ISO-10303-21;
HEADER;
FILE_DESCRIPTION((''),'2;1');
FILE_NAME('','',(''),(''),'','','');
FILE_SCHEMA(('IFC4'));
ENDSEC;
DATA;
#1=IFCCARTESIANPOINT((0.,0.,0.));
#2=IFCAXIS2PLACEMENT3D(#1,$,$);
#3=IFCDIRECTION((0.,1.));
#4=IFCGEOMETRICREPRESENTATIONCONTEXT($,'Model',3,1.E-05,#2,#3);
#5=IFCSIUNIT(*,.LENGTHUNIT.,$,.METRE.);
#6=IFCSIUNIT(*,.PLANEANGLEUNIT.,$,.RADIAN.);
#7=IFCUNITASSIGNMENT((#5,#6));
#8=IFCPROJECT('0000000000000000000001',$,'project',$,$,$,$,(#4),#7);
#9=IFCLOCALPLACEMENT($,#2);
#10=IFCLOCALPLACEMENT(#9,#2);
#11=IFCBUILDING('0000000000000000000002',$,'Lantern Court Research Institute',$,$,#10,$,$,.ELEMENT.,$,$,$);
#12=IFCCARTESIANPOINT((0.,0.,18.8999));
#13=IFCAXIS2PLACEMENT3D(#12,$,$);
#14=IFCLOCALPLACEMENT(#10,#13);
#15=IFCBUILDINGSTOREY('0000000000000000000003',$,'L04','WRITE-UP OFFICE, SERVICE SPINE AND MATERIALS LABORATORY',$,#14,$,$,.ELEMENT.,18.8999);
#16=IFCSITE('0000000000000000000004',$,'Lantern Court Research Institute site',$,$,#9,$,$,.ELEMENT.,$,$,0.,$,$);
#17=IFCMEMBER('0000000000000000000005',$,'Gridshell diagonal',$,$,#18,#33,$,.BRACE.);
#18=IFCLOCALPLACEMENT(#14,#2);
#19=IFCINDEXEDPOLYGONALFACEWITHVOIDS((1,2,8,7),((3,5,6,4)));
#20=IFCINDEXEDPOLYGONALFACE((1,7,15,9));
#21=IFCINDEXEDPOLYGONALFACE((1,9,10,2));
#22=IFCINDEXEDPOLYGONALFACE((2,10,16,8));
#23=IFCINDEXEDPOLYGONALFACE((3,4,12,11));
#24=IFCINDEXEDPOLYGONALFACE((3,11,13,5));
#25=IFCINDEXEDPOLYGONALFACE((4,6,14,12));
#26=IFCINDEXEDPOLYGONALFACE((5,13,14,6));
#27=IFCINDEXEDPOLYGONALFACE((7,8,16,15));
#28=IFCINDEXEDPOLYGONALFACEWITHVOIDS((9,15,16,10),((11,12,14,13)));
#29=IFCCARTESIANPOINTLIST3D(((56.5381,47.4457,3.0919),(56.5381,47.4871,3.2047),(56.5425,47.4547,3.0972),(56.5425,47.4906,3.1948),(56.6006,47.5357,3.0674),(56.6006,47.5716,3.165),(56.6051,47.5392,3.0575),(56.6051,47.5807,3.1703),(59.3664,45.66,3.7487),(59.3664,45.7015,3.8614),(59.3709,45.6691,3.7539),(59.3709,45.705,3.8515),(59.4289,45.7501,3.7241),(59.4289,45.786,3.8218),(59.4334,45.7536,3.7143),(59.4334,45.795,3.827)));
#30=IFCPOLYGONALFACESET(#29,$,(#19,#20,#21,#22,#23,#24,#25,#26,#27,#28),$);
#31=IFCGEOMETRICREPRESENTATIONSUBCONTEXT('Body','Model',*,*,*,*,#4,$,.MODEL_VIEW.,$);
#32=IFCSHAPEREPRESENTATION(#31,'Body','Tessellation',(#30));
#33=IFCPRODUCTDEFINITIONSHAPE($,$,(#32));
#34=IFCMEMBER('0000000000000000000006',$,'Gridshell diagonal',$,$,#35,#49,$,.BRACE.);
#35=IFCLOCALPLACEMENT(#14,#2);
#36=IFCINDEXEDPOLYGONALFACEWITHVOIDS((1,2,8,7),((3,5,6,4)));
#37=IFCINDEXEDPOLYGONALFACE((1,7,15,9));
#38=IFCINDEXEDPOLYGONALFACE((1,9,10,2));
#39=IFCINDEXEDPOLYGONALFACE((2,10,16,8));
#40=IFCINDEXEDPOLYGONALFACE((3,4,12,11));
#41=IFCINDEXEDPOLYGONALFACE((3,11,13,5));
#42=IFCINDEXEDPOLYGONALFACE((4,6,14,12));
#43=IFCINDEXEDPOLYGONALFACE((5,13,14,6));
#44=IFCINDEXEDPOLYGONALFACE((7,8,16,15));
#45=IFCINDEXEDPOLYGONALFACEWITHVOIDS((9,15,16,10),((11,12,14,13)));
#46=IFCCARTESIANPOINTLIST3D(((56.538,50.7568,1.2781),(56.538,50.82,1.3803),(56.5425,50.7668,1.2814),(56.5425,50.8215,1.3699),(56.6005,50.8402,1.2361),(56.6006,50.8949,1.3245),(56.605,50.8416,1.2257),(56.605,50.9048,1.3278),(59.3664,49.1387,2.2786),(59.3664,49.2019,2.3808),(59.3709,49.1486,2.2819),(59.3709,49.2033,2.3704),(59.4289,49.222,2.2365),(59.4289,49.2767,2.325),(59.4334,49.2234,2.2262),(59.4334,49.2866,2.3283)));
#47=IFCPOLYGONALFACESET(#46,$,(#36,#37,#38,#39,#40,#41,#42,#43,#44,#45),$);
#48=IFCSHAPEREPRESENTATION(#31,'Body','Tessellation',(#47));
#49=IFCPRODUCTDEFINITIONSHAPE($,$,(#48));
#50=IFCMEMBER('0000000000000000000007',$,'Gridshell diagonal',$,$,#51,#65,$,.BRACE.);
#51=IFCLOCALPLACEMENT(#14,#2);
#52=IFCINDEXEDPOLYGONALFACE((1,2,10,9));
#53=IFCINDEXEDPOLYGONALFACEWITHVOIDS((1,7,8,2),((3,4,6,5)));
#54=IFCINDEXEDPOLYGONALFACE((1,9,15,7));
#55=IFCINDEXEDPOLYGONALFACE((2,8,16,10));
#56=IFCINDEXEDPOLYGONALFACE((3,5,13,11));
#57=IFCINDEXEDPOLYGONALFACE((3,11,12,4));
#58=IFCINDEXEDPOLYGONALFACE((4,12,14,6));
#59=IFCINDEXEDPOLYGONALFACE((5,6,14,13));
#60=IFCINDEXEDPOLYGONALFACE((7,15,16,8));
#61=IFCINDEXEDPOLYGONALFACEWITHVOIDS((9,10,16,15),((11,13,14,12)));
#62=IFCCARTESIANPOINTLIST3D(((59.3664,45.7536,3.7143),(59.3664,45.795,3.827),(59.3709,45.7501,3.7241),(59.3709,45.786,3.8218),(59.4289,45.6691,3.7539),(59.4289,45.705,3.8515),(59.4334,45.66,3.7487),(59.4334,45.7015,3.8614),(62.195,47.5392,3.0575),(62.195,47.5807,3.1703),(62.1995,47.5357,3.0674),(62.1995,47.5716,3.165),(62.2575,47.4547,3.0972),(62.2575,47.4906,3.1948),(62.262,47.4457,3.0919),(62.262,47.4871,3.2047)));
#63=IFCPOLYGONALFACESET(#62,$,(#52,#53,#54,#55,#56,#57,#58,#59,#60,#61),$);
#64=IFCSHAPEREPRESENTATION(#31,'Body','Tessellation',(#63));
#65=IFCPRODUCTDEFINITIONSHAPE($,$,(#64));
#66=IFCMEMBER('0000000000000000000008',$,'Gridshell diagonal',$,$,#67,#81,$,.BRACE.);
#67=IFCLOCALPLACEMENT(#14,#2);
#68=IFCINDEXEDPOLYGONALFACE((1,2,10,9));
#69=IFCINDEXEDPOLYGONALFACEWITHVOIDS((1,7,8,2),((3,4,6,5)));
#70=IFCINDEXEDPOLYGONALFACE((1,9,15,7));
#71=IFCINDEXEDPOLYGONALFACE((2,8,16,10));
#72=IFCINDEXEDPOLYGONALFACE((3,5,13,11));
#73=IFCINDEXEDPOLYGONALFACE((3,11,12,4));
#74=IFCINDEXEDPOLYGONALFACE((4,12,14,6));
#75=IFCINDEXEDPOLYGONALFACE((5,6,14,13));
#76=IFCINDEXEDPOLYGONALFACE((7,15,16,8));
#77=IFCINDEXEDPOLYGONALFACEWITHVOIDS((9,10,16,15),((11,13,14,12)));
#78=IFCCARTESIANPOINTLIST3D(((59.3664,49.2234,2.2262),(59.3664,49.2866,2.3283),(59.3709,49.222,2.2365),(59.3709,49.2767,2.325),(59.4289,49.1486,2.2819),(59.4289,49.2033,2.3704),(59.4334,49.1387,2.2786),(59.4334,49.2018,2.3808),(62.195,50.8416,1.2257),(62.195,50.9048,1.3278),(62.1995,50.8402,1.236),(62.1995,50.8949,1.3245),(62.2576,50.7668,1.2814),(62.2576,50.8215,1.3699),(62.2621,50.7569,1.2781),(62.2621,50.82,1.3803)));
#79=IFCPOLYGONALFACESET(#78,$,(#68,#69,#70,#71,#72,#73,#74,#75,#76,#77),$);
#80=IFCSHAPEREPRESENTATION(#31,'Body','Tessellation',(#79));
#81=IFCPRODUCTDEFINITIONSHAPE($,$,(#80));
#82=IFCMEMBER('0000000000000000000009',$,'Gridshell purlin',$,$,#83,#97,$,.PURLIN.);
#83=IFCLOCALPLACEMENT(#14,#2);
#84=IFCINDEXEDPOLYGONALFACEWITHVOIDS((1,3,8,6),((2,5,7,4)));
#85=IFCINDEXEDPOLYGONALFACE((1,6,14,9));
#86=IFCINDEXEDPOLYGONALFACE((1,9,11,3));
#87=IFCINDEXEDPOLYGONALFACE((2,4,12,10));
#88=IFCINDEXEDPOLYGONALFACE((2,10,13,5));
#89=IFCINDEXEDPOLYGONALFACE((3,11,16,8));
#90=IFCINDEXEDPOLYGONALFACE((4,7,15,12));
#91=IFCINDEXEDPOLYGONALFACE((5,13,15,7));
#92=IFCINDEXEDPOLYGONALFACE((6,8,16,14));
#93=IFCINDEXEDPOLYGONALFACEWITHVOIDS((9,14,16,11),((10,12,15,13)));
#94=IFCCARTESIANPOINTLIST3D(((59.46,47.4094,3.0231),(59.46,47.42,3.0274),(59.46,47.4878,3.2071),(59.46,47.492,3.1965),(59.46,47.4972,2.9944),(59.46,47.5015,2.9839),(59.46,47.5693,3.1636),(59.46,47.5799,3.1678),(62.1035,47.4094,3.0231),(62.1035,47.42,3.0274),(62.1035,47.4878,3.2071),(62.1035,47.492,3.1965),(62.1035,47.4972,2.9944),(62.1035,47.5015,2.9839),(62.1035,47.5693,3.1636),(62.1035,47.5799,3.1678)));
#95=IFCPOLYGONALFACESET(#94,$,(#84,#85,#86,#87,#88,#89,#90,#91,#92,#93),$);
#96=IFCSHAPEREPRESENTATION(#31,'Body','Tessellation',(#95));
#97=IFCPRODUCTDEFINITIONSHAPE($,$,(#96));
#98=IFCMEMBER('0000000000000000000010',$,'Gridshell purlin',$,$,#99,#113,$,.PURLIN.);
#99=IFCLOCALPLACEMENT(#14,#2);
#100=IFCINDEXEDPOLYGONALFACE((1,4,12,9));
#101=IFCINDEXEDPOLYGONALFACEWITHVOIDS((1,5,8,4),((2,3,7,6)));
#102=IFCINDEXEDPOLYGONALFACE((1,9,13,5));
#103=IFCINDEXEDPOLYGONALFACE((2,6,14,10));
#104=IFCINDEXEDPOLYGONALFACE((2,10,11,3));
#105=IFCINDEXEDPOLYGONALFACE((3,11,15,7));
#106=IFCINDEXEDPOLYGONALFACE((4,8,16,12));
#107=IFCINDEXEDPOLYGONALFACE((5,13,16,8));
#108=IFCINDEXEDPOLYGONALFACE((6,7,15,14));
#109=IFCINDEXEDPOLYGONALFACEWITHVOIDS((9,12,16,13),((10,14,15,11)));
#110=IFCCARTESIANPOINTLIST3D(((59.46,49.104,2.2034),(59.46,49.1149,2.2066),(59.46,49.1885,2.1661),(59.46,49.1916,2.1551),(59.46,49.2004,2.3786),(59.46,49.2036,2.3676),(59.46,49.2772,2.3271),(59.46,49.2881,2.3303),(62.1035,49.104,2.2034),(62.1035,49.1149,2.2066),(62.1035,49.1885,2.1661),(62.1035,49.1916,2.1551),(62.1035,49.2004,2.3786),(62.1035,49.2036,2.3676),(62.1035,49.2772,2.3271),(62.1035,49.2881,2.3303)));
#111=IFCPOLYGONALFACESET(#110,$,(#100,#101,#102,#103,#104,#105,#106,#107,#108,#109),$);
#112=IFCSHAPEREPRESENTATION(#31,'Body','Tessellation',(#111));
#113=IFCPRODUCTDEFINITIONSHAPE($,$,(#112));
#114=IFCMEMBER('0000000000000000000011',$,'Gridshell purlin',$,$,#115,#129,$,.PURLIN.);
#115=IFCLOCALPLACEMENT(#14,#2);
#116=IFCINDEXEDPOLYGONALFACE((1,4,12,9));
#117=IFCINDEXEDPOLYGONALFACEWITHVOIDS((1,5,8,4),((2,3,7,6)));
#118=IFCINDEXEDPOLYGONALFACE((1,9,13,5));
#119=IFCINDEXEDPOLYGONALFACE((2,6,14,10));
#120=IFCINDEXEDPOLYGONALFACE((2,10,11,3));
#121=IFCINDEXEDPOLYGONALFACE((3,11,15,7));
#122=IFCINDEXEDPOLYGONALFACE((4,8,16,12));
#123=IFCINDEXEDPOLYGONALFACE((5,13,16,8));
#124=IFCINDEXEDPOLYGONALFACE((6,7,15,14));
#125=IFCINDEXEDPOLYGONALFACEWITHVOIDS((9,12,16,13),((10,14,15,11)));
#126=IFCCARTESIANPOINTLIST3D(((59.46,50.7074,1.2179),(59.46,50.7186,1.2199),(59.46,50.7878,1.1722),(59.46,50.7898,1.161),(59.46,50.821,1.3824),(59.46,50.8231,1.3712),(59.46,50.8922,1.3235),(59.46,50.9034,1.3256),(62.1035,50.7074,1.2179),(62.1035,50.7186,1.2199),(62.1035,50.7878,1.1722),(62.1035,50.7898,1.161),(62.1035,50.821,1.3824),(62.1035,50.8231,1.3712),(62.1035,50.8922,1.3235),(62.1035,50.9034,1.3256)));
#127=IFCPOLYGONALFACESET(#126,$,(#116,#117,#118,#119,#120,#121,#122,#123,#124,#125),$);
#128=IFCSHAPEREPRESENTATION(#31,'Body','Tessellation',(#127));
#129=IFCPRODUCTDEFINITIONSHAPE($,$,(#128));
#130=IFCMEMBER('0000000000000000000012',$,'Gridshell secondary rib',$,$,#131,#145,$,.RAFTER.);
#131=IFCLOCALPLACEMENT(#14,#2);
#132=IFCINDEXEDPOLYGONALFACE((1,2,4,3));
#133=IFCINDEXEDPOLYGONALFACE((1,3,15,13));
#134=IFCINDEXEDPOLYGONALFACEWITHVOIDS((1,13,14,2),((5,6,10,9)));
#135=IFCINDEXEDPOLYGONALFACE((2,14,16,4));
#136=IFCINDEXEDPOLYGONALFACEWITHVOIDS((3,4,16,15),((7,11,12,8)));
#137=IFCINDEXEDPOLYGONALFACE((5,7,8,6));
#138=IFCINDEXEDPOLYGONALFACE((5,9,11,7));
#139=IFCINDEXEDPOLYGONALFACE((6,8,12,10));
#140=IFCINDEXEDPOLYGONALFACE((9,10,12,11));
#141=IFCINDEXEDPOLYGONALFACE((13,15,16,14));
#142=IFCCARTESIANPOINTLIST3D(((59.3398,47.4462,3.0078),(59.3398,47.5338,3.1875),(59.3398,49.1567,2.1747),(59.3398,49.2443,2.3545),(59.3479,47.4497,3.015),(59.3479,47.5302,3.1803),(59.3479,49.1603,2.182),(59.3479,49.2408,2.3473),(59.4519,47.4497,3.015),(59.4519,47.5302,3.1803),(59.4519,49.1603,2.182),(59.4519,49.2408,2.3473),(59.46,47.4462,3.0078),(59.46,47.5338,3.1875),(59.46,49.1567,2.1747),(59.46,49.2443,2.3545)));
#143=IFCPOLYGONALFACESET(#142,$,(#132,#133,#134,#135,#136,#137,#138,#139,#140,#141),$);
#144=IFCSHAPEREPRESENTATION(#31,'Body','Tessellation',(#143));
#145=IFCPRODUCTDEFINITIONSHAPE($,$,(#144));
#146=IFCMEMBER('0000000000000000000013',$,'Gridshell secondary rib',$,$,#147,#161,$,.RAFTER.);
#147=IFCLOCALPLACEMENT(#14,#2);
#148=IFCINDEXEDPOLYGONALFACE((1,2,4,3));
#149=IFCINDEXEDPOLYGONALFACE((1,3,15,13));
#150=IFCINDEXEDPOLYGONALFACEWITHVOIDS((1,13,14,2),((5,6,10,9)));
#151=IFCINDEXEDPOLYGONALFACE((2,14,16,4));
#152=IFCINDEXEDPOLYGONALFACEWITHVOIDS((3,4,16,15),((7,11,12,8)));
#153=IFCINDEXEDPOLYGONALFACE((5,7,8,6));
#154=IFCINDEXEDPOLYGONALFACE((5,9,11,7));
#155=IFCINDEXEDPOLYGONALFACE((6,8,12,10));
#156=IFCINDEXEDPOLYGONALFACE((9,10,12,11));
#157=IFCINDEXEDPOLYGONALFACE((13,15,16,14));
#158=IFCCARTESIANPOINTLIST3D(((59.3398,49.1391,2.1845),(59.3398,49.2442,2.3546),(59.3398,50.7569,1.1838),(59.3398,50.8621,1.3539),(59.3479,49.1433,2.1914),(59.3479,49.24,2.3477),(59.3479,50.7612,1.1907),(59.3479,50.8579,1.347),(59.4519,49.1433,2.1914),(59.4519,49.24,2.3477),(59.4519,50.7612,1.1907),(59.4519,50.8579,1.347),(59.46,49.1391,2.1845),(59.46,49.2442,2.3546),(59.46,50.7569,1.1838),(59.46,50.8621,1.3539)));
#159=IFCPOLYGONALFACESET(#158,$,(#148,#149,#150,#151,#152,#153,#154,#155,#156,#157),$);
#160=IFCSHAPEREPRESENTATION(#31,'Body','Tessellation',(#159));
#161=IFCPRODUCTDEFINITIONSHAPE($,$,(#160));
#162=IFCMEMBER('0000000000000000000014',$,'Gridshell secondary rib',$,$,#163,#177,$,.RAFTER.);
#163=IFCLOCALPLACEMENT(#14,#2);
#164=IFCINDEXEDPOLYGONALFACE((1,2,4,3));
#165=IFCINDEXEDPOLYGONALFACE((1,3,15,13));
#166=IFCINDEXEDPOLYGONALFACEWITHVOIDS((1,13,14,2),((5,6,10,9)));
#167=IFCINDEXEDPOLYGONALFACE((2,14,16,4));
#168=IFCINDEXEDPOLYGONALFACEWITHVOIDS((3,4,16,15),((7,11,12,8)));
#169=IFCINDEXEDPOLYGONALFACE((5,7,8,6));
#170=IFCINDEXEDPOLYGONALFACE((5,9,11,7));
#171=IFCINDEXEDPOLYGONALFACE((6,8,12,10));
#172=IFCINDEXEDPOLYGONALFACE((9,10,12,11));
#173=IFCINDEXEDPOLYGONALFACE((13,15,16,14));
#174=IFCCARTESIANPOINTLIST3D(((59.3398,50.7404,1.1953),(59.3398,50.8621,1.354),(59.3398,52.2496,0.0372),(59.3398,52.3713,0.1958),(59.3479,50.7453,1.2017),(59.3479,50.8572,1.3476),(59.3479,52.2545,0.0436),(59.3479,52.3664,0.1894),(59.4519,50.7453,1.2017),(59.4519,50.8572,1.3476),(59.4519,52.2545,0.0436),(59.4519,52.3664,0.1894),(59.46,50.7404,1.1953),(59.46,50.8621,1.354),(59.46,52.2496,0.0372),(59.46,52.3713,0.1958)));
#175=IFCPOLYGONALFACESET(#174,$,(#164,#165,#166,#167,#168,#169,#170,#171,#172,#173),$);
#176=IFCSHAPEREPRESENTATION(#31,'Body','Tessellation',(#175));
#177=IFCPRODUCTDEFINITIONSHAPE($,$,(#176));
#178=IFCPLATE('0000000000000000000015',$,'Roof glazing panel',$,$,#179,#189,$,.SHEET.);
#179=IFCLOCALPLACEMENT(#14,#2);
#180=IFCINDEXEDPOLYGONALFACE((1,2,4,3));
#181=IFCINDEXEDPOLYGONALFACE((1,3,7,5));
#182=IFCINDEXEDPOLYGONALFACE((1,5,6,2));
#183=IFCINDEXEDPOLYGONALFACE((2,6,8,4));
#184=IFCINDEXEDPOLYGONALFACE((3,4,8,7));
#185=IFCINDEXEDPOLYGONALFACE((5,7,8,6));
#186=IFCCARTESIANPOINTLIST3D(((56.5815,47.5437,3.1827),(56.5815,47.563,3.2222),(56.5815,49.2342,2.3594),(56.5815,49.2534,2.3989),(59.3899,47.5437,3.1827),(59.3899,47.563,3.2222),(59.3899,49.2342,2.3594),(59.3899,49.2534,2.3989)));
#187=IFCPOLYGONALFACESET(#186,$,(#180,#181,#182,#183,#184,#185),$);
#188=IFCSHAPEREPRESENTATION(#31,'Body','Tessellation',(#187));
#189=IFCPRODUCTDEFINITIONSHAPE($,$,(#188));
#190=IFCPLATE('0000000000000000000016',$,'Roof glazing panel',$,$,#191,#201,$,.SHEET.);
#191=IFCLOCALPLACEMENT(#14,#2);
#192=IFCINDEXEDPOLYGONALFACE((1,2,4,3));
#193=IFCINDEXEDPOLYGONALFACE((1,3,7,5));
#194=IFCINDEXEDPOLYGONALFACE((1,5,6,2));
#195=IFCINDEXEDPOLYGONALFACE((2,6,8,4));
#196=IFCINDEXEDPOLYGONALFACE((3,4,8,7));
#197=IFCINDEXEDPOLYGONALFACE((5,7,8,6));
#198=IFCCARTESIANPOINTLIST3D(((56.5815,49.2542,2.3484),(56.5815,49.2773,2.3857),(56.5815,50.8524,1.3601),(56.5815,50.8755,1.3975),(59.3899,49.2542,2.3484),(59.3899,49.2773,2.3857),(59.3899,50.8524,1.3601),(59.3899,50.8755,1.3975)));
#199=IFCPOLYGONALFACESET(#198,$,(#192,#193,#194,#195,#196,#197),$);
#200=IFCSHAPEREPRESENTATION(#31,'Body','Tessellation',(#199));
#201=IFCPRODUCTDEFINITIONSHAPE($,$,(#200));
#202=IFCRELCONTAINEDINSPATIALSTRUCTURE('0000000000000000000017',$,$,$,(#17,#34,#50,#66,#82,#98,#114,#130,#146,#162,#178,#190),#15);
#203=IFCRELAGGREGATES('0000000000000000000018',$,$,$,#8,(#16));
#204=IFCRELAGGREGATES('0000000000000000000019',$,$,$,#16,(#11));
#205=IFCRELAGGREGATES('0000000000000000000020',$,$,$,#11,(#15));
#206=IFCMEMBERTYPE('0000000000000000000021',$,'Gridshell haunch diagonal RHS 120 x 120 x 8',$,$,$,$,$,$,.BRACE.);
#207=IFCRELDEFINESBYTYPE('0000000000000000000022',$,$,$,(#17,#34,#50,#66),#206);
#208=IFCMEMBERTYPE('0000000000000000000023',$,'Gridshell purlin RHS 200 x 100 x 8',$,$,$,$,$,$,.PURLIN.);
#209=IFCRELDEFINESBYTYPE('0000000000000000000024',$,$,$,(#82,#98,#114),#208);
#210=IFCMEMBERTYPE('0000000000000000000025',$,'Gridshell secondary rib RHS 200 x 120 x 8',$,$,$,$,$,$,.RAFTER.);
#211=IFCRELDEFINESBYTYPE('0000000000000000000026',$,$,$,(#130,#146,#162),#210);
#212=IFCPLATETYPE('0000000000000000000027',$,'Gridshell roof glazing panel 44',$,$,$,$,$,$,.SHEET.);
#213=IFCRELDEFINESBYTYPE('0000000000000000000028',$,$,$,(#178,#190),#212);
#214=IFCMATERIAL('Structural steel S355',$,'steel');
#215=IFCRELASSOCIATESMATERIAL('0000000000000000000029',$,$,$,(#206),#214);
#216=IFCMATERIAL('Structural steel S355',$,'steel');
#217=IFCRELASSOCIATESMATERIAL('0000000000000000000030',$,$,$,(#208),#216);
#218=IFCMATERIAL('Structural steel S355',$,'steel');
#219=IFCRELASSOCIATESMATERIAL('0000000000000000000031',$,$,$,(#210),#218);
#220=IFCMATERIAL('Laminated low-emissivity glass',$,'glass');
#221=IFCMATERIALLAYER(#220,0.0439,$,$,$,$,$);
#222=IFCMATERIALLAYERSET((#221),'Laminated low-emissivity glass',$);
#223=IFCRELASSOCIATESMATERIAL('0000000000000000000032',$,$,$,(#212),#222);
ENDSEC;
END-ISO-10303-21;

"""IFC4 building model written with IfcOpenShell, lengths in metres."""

from ifc_helpers import new_model, si_unit, direction, frame, origin, origin_2d, place, context, subcontext, project, spatial, polyline, hollow_rectangle, outline, extrude, material, layer, layer_set, material_profile, profile_set, type_object, element, save


model = new_model("IFC4")

# Units and contexts
model_context = context("Model", 3, precision=1e-05, world=origin(), true_north=direction((0.0, 1.0)))
body_context = subcontext(model_context, "Body", "Model", "MODEL_VIEW")
ifc_project = project(units=[si_unit("LENGTHUNIT", "METRE"), si_unit("PLANEANGLEUNIT", "RADIAN")], contexts=[model_context])

# Site, building, storey
site_placement = place(None, origin())
site = spatial("IfcSite", under=ifc_project, at=site_placement, Name="Lantern Court Research Institute site", CompositionType="ELEMENT", RefElevation=0.0)
building_placement = place(site_placement, origin())
building = spatial("IfcBuilding", under=site, at=building_placement, Name="Lantern Court Research Institute", CompositionType="ELEMENT")
storey_placement = place(building_placement, frame((0.0, 0.0, 18.8999)))
storey = spatial("IfcBuildingStorey", under=building, at=storey_placement, Name="L04", Description="WRITE-UP OFFICE, SERVICE SPINE AND MATERIALS LABORATORY", CompositionType="ELEMENT", Elevation=18.8999)

# Members
ifc_material_1 = material(Name="Structural steel S355", Category="steel")
ifc_material_profile_1 = material_profile(ifc_material_1, hollow_rectangle(XDim=0.1201, YDim=0.1201, WallThickness=0.0081, at=origin_2d()), Name="Gridshell haunch diagonal RHS 120 x 120 x 8")
ifc_profile_set_1 = profile_set([ifc_material_profile_1], Name="Structural steel S355")
member_type_1 = type_object("IfcMemberType", Name="Gridshell haunch diagonal RHS 120 x 120 x 8", PredefinedType="BRACE", material=ifc_profile_set_1)
for number, where, z_axis, x_axis, name in (
    (1, (59.3999, 45.7275, 3.7878), (-0.829741, 0.523843, -0.192663), (-0.558149, -0.778731, 0.28644), "Gridshell diagonal"),
    (2, (59.3999, 49.2126, 2.3035), (-0.829755, 0.474719, -0.293512), (-0.558128, -0.705699, 0.436442), "Gridshell diagonal"),
):
    element("IfcMember", number, at=place(storey_placement, frame(where, z_axis=z_axis, x_axis=x_axis)), inside=storey, type_object=member_type_1, Name=name, PredefinedType="BRACE", context=body_context, shape_type="SweptSolid", body=[
        extrude(hollow_rectangle(XDim=0.1201, YDim=0.1201, WallThickness=0.0081, at=origin_2d()), origin(), (0.0, 0.0, 1.0), 3.4087),
    ])
for number, where, z_axis, x_axis, name in (
    (3, (59.3999, 45.7275, 3.7878), (0.829763, 0.523812, -0.192652), (-0.558116, 0.778754, -0.28644), "Gridshell diagonal"),
    (4, (59.3999, 49.2126, 2.3035), (0.829777, 0.47469, -0.293494), (-0.558095, 0.705724, -0.436444), "Gridshell diagonal"),
):
    element("IfcMember", number, at=place(storey_placement, frame(where, z_axis=z_axis, x_axis=x_axis)), inside=storey, type_object=member_type_1, Name=name, PredefinedType="BRACE", context=body_context, shape_type="SweptSolid", body=[
        extrude(hollow_rectangle(XDim=0.1201, YDim=0.1201, WallThickness=0.0081, at=origin_2d()), origin(), (0.0, 0.0, 1.0), 3.4089),
    ])
ifc_material_2 = material(Name="Structural steel S355", Category="steel")
ifc_material_profile_2 = material_profile(ifc_material_2, hollow_rectangle(XDim=0.1001, YDim=0.2, WallThickness=0.0081, at=origin_2d()), Name="Gridshell purlin RHS 200 x 100 x 8")
ifc_profile_set_2 = profile_set([ifc_material_profile_2], Name="Structural steel S355")
member_type_2 = type_object("IfcMemberType", Name="Gridshell purlin RHS 200 x 100 x 8", PredefinedType="PURLIN", material=ifc_profile_set_2)
for number, where, z_axis, x_axis, name in (
    (5, (59.46, 47.4946, 3.0955), (1.0, 0.0, 0.0), (0.0, 0.919966, -0.391999), "Gridshell purlin"),
    (6, (59.46, 49.196, 2.2668), (1.0, 0.0, 0.0), (0.0, 0.875897, -0.482497), "Gridshell purlin"),
    (7, (59.46, 50.8054, 1.2717), (1.0, 0.0, 0.0), (0.0, 0.822954, -0.568108), "Gridshell purlin"),
):
    element("IfcMember", number, at=place(storey_placement, frame(where, z_axis=z_axis, x_axis=x_axis)), inside=storey, type_object=member_type_2, Name=name, PredefinedType="PURLIN", context=body_context, shape_type="SweptSolid", body=[
        extrude(hollow_rectangle(XDim=0.1001, YDim=0.2, WallThickness=0.0081, at=origin_2d()), origin(), (0.0, 0.0, 1.0), 2.6436),
    ])
ifc_material_3 = material(Name="Structural steel S355", Category="steel")
ifc_material_profile_3 = material_profile(ifc_material_3, hollow_rectangle(XDim=0.1201, YDim=0.2, WallThickness=0.0081, at=origin_2d()), Name="Gridshell secondary rib RHS 200 x 120 x 8")
ifc_profile_set_3 = profile_set([ifc_material_profile_3], Name="Structural steel S355")
member_type_3 = type_object("IfcMemberType", Name="Gridshell secondary rib RHS 200 x 120 x 8", PredefinedType="RAFTER", material=ifc_profile_set_3)
member_placement = place(storey_placement, frame((59.3999, 47.49, 3.0977), z_axis=(0.0, 0.899049, -0.437847), x_axis=(-1.0, 0.0, 0.0)))
element("IfcMember", 8, at=member_placement, inside=storey, type_object=member_type_3, Name="Gridshell secondary rib", PredefinedType="RAFTER", context=body_context, shape_type="SweptSolid", body=[
    extrude(hollow_rectangle(XDim=0.1201, YDim=0.2, WallThickness=0.0081, at=origin_2d()), origin(), (0.0, 0.0, 1.0), 1.9026),
])
for number, where, z_axis, x_axis, name in (
    (9, (59.3999, 49.1917, 2.2695), (0.0, 0.850462, -0.526036), (-1.0, 0.0, 0.0), "Gridshell secondary rib"),
    (10, (59.3999, 50.8013, 1.2747), (0.0, 0.79333, -0.608792), (-1.0, 0.0, 0.0), "Gridshell secondary rib"),
):
    element("IfcMember", number, at=place(storey_placement, frame(where, z_axis=z_axis, x_axis=x_axis)), inside=storey, type_object=member_type_3, Name=name, PredefinedType="RAFTER", context=body_context, shape_type="SweptSolid", body=[
        extrude(hollow_rectangle(XDim=0.1201, YDim=0.2, WallThickness=0.0081, at=origin_2d()), origin(), (0.0, 0.0, 1.0), 1.9023),
    ])

# Plates
ifc_material_4 = material(Name="Laminated low-emissivity glass", Category="glass")
ifc_layer = layer(ifc_material_4, 0.0439)
ifc_layer_set = layer_set([ifc_layer], Name="Laminated low-emissivity glass")
plate_type = type_object("IfcPlateType", Name="Gridshell roof glazing panel 44", PredefinedType="SHEET", material=ifc_layer_set)
plate_1_placement = place(storey_placement, frame((59.3899, 47.563, 3.2222), z_axis=(0.0, 0.43784, 0.899053), x_axis=(-1.0, 0.0, 0.0)))
element("IfcPlate", 11, at=plate_1_placement, inside=storey, type_object=plate_type, Name="Roof glazing panel", PredefinedType="SHEET", context=body_context, shape_type="SweptSolid", body=[
    extrude(outline(polyline([(0.0, 0.0), (2.8083, 0.0), (2.8083, -1.8802), (0.0, -1.8802), (0.0, 0.0)])), origin(), (0.0, 0.0, -1.0), 0.0439),
])
plate_2_placement = place(storey_placement, frame((59.3899, 49.2773, 2.3857), z_axis=(0.0, 0.525952, 0.850514), x_axis=(-1.0, 0.0, 0.0)))
element("IfcPlate", 12, at=plate_2_placement, inside=storey, type_object=plate_type, Name="Roof glazing panel", PredefinedType="SHEET", context=body_context, shape_type="SweptSolid", body=[
    extrude(outline(polyline([(0.0, 0.0), (2.8083, 0.0), (2.8083, -1.879), (0.0, -1.879), (0.0, 0.0)])), origin(), (0.0, 0.0, -1.0), 0.0439),
])

save(model, "model.ifc")
